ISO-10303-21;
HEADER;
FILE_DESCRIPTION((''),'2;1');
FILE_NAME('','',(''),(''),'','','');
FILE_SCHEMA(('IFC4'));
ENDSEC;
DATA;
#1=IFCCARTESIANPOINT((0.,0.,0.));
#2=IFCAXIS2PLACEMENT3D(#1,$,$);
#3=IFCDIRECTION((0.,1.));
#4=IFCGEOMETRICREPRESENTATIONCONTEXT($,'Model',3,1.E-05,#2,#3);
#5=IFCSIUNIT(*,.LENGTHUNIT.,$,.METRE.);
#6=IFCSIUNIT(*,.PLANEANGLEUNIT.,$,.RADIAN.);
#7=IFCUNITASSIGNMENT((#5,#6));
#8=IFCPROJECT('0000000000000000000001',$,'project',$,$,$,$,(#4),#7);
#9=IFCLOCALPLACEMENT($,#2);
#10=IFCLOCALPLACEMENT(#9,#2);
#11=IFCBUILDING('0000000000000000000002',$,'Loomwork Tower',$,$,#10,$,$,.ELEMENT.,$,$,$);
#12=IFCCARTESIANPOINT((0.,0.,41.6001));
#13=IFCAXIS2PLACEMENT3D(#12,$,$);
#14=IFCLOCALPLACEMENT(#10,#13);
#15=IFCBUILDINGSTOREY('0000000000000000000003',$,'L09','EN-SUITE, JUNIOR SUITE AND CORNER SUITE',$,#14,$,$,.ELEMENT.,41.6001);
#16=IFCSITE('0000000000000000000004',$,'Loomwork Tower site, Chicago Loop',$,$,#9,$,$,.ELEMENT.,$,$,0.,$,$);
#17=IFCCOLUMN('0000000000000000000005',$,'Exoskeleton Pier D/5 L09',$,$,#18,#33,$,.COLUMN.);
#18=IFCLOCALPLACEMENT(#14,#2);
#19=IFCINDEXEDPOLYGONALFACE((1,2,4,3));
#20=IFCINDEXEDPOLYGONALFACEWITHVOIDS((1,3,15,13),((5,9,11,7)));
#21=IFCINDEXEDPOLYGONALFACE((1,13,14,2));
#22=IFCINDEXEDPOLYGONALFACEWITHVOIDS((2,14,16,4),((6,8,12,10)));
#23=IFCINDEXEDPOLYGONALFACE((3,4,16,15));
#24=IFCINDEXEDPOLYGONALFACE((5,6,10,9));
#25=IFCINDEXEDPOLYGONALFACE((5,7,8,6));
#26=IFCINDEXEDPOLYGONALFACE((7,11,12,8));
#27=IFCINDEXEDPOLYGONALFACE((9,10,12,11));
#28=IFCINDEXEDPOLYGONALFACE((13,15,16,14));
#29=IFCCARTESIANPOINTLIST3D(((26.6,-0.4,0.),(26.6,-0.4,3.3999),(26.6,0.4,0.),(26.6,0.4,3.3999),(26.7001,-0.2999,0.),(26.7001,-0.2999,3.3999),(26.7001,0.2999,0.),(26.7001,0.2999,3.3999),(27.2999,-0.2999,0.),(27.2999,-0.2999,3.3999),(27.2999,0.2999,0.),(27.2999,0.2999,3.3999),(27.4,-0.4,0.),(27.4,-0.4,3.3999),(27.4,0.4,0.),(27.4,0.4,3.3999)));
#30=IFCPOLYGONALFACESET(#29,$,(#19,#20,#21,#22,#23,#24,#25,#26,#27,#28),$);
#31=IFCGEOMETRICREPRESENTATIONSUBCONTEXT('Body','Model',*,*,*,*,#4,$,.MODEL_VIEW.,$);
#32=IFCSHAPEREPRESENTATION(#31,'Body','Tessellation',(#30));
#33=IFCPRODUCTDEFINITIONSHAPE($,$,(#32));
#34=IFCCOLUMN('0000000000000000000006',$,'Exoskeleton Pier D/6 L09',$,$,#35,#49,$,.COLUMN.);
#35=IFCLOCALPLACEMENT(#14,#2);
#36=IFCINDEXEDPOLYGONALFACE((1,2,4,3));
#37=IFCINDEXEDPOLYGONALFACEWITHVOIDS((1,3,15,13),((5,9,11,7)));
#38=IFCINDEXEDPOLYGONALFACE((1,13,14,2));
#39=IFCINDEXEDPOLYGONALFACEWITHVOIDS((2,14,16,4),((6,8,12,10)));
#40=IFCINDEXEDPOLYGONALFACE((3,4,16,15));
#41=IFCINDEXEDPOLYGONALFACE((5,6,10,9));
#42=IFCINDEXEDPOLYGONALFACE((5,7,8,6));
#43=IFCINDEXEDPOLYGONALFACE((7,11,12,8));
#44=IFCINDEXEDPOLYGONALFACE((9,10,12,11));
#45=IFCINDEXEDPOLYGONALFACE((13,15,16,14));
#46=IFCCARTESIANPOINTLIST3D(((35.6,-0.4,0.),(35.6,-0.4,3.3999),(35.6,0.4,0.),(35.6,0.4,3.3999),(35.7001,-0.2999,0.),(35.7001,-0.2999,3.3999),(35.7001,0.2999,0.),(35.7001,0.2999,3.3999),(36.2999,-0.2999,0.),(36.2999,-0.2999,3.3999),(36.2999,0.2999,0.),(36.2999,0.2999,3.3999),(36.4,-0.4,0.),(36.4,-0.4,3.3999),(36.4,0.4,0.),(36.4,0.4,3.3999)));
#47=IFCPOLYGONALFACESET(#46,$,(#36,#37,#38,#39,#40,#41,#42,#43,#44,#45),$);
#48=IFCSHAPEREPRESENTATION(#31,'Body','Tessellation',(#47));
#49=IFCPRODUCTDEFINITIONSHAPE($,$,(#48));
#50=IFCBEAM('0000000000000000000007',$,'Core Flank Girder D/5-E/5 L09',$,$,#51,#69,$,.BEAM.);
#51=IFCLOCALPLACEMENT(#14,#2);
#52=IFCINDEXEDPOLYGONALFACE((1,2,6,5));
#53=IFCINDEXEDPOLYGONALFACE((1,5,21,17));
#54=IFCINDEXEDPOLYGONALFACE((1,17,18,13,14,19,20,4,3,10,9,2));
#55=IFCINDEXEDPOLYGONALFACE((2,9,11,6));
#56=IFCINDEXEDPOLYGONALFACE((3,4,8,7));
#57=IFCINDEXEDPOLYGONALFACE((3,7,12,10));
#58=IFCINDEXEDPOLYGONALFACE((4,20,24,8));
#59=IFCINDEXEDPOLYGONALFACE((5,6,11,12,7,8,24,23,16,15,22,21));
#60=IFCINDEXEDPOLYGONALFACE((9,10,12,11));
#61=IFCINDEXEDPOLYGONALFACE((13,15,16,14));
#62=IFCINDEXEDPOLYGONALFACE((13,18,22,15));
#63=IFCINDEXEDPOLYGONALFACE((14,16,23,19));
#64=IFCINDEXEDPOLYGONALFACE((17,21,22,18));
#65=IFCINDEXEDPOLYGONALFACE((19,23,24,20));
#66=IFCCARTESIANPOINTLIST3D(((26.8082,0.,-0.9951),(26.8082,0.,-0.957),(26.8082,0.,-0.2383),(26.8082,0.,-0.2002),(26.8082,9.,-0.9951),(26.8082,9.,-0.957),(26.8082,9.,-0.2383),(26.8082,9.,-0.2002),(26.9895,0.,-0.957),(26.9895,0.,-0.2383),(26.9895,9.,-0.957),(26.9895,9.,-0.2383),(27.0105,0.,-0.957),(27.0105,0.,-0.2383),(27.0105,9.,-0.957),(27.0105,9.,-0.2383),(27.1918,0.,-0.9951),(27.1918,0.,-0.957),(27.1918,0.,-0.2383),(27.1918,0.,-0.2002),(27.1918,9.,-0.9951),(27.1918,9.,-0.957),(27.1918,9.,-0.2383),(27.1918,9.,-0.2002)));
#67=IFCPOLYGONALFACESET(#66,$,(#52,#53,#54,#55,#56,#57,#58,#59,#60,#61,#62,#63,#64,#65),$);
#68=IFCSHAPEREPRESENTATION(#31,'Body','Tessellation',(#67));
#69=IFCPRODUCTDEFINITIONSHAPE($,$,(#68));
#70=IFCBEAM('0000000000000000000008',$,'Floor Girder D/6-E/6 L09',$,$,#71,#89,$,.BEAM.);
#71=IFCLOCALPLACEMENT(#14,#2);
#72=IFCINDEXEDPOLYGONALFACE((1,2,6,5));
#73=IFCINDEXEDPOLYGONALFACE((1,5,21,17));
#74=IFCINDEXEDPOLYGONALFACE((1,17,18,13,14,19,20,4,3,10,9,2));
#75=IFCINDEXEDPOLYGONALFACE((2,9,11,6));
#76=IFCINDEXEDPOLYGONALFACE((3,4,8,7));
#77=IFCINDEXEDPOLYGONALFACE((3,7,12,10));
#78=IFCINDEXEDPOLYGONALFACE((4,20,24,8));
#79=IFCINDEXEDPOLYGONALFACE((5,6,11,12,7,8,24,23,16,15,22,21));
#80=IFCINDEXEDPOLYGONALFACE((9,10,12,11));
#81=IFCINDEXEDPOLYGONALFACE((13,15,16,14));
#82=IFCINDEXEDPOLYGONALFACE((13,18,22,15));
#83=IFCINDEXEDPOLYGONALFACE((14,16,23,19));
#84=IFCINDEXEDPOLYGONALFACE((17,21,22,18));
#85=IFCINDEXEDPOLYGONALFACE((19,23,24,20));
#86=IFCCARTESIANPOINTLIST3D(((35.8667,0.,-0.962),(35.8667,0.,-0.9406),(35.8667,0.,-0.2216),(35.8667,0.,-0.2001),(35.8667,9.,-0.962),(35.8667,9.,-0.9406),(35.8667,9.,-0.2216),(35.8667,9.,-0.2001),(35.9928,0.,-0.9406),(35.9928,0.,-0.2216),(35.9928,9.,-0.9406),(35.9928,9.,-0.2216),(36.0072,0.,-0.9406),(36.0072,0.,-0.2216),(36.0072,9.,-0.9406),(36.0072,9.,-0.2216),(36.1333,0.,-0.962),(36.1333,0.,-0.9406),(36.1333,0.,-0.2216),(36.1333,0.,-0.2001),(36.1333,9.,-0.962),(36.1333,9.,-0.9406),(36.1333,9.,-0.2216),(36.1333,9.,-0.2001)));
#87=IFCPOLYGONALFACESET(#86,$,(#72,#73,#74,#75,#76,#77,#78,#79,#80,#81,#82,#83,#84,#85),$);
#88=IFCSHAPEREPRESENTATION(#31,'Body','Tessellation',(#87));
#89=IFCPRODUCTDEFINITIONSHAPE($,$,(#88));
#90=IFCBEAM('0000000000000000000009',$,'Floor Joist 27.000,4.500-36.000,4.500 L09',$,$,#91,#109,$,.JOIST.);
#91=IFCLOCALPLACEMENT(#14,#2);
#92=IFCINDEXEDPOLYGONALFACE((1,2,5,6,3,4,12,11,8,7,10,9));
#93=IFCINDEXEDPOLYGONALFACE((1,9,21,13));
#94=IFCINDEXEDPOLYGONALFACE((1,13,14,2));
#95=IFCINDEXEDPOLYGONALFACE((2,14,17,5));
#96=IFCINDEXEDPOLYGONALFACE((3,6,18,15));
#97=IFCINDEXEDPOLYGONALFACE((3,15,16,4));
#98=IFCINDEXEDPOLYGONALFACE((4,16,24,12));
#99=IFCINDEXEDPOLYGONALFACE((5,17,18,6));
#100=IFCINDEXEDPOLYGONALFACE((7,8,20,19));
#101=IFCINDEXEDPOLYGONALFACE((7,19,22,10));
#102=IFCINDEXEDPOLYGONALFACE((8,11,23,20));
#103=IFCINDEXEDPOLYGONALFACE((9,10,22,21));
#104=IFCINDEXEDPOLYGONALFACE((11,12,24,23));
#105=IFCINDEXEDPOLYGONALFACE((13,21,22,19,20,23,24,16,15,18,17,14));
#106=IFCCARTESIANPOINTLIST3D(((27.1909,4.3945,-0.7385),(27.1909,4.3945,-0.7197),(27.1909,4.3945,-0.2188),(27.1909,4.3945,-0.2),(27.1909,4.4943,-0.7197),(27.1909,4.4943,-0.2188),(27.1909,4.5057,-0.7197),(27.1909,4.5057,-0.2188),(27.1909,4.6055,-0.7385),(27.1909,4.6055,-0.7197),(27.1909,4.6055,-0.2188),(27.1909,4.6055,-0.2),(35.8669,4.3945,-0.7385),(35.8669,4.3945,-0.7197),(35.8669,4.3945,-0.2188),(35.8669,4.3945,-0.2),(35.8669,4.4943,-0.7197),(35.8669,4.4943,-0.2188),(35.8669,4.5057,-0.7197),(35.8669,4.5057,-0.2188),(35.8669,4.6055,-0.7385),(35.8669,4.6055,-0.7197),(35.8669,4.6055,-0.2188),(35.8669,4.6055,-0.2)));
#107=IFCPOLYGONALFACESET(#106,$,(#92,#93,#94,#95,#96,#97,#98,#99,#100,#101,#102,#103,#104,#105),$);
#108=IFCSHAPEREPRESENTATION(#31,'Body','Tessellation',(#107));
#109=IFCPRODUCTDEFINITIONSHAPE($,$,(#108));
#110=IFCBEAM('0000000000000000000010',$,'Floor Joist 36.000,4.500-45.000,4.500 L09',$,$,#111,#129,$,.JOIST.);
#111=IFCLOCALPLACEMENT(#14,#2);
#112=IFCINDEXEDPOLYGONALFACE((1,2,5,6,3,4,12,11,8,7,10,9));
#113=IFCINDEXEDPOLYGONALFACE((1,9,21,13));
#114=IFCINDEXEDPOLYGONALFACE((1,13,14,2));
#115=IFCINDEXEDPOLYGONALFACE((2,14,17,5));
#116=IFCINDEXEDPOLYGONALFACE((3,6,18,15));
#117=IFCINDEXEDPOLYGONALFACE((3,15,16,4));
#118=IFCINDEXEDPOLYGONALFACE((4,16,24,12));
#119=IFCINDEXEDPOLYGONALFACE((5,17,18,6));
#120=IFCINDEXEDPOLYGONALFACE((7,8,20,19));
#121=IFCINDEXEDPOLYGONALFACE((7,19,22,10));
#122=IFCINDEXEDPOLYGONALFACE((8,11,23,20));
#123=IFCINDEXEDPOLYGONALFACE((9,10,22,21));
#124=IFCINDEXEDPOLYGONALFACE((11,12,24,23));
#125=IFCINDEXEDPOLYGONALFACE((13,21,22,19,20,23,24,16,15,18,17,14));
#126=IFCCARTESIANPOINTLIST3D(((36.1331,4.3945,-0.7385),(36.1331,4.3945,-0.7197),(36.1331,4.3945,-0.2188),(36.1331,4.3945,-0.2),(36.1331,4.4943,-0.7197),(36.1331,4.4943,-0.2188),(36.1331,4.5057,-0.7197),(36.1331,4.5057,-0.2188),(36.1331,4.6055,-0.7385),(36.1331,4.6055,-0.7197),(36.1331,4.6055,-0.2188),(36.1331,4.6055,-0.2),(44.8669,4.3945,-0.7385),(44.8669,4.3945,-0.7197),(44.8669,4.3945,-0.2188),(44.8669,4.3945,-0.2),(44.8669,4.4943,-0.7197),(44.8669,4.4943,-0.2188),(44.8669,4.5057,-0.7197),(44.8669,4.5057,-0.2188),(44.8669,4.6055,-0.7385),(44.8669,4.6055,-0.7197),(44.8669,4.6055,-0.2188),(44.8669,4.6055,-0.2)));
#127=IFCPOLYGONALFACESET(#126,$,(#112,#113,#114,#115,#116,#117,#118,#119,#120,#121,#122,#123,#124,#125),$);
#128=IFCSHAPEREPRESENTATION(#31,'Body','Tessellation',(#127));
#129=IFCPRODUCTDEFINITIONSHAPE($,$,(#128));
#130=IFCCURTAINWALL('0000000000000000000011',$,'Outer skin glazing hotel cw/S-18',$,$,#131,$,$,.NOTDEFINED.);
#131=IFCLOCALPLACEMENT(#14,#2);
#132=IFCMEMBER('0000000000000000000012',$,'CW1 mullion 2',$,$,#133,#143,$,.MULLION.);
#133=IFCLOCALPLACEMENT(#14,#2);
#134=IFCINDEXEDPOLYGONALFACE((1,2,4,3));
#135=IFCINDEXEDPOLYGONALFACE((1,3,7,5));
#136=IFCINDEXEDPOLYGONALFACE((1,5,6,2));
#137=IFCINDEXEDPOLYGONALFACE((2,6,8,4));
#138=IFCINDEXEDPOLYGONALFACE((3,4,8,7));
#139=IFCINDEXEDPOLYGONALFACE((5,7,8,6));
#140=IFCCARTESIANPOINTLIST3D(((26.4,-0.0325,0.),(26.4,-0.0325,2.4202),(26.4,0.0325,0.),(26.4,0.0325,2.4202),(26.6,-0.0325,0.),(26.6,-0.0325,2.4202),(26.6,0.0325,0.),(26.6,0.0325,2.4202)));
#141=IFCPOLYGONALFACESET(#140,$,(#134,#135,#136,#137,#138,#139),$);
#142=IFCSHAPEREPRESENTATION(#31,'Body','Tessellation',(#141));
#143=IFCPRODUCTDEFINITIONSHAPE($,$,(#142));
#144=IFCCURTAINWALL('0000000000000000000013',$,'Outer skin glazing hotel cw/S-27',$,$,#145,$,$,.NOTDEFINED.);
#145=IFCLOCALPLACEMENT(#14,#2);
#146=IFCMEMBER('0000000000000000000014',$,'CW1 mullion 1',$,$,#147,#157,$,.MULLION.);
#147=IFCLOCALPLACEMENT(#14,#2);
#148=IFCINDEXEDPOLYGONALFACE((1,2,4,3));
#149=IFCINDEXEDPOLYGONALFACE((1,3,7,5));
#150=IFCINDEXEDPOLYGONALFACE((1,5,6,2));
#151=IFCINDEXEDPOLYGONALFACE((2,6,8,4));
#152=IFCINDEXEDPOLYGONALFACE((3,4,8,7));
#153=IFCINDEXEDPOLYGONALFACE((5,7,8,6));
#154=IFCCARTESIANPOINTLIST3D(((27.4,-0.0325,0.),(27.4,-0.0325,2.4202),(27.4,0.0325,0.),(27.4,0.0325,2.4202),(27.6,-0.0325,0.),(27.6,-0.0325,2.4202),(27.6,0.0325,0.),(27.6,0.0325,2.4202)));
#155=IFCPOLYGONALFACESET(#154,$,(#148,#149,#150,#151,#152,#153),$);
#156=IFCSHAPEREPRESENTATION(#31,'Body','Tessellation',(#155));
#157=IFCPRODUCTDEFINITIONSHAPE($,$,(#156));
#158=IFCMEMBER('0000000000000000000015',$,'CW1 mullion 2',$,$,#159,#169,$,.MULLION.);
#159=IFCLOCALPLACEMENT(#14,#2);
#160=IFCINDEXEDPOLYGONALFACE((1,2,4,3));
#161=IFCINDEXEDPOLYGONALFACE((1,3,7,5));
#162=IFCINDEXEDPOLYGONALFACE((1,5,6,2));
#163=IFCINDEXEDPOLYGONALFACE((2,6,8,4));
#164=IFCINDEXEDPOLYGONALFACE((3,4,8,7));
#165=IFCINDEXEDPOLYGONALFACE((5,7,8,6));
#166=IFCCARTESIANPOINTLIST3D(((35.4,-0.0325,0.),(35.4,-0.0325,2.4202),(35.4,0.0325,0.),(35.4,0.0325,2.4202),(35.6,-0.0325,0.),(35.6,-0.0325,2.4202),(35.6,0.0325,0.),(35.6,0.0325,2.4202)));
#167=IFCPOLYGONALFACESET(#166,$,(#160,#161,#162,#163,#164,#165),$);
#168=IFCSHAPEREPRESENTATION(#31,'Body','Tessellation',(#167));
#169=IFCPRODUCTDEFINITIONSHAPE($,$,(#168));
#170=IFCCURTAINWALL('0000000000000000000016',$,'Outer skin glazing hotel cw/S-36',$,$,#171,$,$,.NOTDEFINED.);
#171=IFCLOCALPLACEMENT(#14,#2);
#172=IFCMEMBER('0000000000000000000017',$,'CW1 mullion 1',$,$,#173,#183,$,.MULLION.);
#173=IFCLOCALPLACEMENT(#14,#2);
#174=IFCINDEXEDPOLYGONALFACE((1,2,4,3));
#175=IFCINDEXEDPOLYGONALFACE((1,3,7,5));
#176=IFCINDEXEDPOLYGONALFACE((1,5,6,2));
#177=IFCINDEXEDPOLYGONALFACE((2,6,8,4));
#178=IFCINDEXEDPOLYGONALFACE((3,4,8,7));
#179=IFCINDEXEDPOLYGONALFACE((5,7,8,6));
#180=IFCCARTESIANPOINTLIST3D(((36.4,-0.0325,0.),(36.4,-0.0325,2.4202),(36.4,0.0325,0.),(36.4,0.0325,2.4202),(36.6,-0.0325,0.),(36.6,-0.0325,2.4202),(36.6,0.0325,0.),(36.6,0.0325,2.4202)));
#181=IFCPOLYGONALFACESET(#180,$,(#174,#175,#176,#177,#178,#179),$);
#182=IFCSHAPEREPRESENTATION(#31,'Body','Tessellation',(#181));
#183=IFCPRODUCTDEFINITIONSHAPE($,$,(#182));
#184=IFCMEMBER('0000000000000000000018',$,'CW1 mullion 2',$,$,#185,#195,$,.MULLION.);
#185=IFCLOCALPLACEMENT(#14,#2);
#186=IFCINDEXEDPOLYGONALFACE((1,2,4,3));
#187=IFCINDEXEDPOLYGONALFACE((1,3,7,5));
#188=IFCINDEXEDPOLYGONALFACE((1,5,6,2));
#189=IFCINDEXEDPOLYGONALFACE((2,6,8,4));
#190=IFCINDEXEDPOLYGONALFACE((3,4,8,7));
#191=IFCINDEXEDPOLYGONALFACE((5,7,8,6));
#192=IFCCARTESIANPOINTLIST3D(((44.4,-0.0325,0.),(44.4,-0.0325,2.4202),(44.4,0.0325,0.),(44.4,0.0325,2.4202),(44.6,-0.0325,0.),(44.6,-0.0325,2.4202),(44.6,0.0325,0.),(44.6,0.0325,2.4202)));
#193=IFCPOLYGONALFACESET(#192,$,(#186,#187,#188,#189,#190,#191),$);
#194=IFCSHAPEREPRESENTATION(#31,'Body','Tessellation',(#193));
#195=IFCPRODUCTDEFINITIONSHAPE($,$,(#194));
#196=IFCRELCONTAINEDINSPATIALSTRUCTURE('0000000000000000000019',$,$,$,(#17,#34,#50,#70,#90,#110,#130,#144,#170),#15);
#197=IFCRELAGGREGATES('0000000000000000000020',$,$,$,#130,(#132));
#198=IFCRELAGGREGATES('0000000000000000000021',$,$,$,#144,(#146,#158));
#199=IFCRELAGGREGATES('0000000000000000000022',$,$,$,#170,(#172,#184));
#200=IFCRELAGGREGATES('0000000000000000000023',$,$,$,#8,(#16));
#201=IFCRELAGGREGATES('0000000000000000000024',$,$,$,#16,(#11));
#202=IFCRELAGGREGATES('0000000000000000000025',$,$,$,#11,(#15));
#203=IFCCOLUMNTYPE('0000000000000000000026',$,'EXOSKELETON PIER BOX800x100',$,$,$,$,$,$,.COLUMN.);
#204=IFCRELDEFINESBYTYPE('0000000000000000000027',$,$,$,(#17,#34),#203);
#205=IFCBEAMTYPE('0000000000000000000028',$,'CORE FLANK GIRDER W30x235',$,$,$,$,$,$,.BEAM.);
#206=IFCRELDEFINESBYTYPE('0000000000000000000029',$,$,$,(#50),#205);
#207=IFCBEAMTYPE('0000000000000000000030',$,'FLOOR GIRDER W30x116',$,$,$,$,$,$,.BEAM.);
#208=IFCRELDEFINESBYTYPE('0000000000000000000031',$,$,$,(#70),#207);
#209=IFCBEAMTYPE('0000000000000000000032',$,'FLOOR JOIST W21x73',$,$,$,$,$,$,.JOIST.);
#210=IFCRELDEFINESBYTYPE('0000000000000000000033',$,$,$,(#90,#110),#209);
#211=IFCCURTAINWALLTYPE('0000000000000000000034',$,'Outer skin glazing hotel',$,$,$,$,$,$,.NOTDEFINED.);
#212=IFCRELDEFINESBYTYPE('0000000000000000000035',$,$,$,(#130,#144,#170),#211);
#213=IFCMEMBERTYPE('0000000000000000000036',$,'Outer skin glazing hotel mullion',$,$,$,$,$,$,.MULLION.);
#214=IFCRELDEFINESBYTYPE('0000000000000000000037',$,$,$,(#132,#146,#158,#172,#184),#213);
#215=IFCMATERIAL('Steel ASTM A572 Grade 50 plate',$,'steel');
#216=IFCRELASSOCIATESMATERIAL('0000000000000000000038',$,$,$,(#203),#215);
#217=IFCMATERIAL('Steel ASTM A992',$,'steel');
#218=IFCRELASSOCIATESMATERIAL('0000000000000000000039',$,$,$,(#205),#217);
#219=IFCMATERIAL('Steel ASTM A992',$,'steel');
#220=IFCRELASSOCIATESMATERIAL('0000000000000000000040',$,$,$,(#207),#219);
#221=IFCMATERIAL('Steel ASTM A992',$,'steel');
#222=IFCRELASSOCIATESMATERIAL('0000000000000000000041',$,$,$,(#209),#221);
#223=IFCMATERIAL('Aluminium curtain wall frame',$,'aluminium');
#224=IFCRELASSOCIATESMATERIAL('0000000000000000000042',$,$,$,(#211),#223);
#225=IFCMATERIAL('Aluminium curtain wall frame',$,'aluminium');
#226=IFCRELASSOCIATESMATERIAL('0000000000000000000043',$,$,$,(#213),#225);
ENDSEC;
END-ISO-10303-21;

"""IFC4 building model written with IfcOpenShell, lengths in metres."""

from ifc_helpers import new_model, si_unit, direction, frame, origin, origin_2d, place, context, subcontext, project, spatial, rectangle, hollow_rectangle, i_section, extrude, material, material_profile, profile_set, type_object, element, aggregate, save


model = new_model("IFC4")

# Units and contexts
model_context = context("Model", 3, precision=1e-05, world=origin(), true_north=direction((0.0, 1.0)))
body_context = subcontext(model_context, "Body", "Model", "MODEL_VIEW")
ifc_project = project(units=[si_unit("LENGTHUNIT", "METRE"), si_unit("PLANEANGLEUNIT", "RADIAN")], contexts=[model_context])

# Site, building, storey
site_placement = place(None, origin())
site = spatial("IfcSite", under=ifc_project, at=site_placement, Name="Loomwork Tower site, Chicago Loop", CompositionType="ELEMENT", RefElevation=0.0)
building_placement = place(site_placement, origin())
building = spatial("IfcBuilding", under=site, at=building_placement, Name="Loomwork Tower", CompositionType="ELEMENT")
storey_placement = place(building_placement, frame((0.0, 0.0, 41.6001)))
storey = spatial("IfcBuildingStorey", under=building, at=storey_placement, Name="L09", Description="EN-SUITE, JUNIOR SUITE AND CORNER SUITE", CompositionType="ELEMENT", Elevation=41.6001)

# Columns
ifc_material_1 = material(Name="Steel ASTM A572 Grade 50 plate", Category="steel")
ifc_material_profile_1 = material_profile(ifc_material_1, hollow_rectangle(XDim=0.8, YDim=0.8, WallThickness=0.1001, at=origin_2d()), Name="BOX800x100")
ifc_profile_set_1 = profile_set([ifc_material_profile_1], Name="Steel ASTM A572 Grade 50 plate")
column_type = type_object("IfcColumnType", Name="EXOSKELETON PIER BOX800x100", PredefinedType="COLUMN", material=ifc_profile_set_1)
for number, where, z_axis, x_axis, name in (
    (1, (27.0, 0.0, 0.0), (0.0, 0.0, 1.0), (1.0, 0.0, 0.0), "Exoskeleton Pier D/5 L09"),
    (2, (36.0, 0.0, 0.0), (0.0, 0.0, 1.0), (1.0, 0.0, 0.0), "Exoskeleton Pier D/6 L09"),
):
    element("IfcColumn", number, at=place(storey_placement, frame(where, z_axis=z_axis, x_axis=x_axis)), inside=storey, type_object=column_type, Name=name, PredefinedType="COLUMN", context=body_context, shape_type="SweptSolid", body=[
        extrude(hollow_rectangle(XDim=0.8, YDim=0.8, WallThickness=0.1001, at=origin_2d()), origin(), (0.0, 0.0, 1.0), 3.3999),
    ])

# Beams
ifc_material_2 = material(Name="Steel ASTM A992", Category="steel")
ifc_material_profile_2 = material_profile(ifc_material_2, i_section(OverallWidth=0.3835, OverallDepth=0.7949, WebThickness=0.021, FlangeThickness=0.0381, at=origin_2d()), Name="W30x235")
ifc_profile_set_2 = profile_set([ifc_material_profile_2], Name="Steel ASTM A992")
beam_type_1 = type_object("IfcBeamType", Name="CORE FLANK GIRDER W30x235", PredefinedType="BEAM", material=ifc_profile_set_2)
beam_1_placement = place(storey_placement, frame((27.0, 0.0, -0.5977), z_axis=(0.0, 1.0, 0.0), x_axis=(-1.0, 0.0, 0.0)))
element("IfcBeam", 3, at=beam_1_placement, inside=storey, type_object=beam_type_1, Name="Core Flank Girder D/5-E/5 L09", PredefinedType="BEAM", context=body_context, shape_type="SweptSolid", body=[
    extrude(i_section(OverallWidth=0.3835, OverallDepth=0.7949, WebThickness=0.021, FlangeThickness=0.0381, at=origin_2d()), origin(), (0.0, 0.0, 1.0), 9.0),
])
ifc_material_3 = material(Name="Steel ASTM A992", Category="steel")
ifc_material_profile_3 = material_profile(ifc_material_3, i_section(OverallWidth=0.2666, OverallDepth=0.762, WebThickness=0.0144, FlangeThickness=0.0215, at=origin_2d()), Name="W30x116")
ifc_profile_set_3 = profile_set([ifc_material_profile_3], Name="Steel ASTM A992")
beam_type_2 = type_object("IfcBeamType", Name="FLOOR GIRDER W30x116", PredefinedType="BEAM", material=ifc_profile_set_3)
beam_2_placement = place(storey_placement, frame((36.0, 0.0, -0.5811), z_axis=(0.0, 1.0, 0.0), x_axis=(-1.0, 0.0, 0.0)))
element("IfcBeam", 4, at=beam_2_placement, inside=storey, type_object=beam_type_2, Name="Floor Girder D/6-E/6 L09", PredefinedType="BEAM", context=body_context, shape_type="SweptSolid", body=[
    extrude(i_section(OverallWidth=0.2666, OverallDepth=0.762, WebThickness=0.0144, FlangeThickness=0.0215, at=origin_2d()), origin(), (0.0, 0.0, 1.0), 9.0),
])
ifc_material_4 = material(Name="Steel ASTM A992", Category="steel")
ifc_material_profile_4 = material_profile(ifc_material_4, i_section(OverallWidth=0.2109, OverallDepth=0.5386, WebThickness=0.0115, FlangeThickness=0.0188, at=origin_2d()), Name="W21x73")
ifc_profile_set_4 = profile_set([ifc_material_profile_4], Name="Steel ASTM A992")
beam_type_3 = type_object("IfcBeamType", Name="FLOOR JOIST W21x73", PredefinedType="JOIST", material=ifc_profile_set_4)
beam_3_placement = place(storey_placement, frame((27.1909, 4.5, -0.4692), z_axis=(1.0, 0.0, 0.0), x_axis=(0.0, 1.0, 0.0)))
element("IfcBeam", 5, at=beam_3_placement, inside=storey, type_object=beam_type_3, Name="Floor Joist 27.000,4.500-36.000,4.500 L09", PredefinedType="JOIST", context=body_context, shape_type="SweptSolid", body=[
    extrude(i_section(OverallWidth=0.2109, OverallDepth=0.5386, WebThickness=0.0115, FlangeThickness=0.0188, at=origin_2d()), origin(), (0.0, 0.0, 1.0), 8.676),
])
beam_4_placement = place(storey_placement, frame((36.1331, 4.5, -0.4692), z_axis=(1.0, 0.0, 0.0), x_axis=(0.0, 1.0, 0.0)))
element("IfcBeam", 6, at=beam_4_placement, inside=storey, type_object=beam_type_3, Name="Floor Joist 36.000,4.500-45.000,4.500 L09", PredefinedType="JOIST", context=body_context, shape_type="SweptSolid", body=[
    extrude(i_section(OverallWidth=0.2109, OverallDepth=0.5386, WebThickness=0.0115, FlangeThickness=0.0188, at=origin_2d()), origin(), (0.0, 0.0, 1.0), 8.7339),
])

# Curtain wall, member
ifc_material_5 = material(Name="Aluminium curtain wall frame", Category="aluminium")
curtain_wall_type = type_object("IfcCurtainWallType", Name="Outer skin glazing hotel", PredefinedType="NOTDEFINED", material=ifc_material_5)
curtain_wall_1_placement = place(storey_placement, origin())
curtain_wall_1 = element("IfcCurtainWall", 7, at=curtain_wall_1_placement, inside=storey, type_object=curtain_wall_type, Name="Outer skin glazing hotel cw/S-18", PredefinedType="NOTDEFINED")
ifc_material_6 = material(Name="Aluminium curtain wall frame", Category="aluminium")
ifc_material_profile_5 = material_profile(ifc_material_6, rectangle(XDim=0.0649, YDim=0.2, at=origin_2d()), Name="AL 65x200")
ifc_profile_set_5 = profile_set([ifc_material_profile_5], Name="Aluminium curtain wall frame")
member_type_1 = type_object("IfcMemberType", Name="Outer skin glazing hotel mullion", PredefinedType="MULLION", material=ifc_profile_set_5)
member_1_placement = place(storey_placement, frame((26.5, 0.0, 0.0), z_axis=(0.0, 0.0, 1.0), x_axis=(0.0, 1.0, 0.0)))
member_1 = element("IfcMember", 8, at=member_1_placement, type_object=member_type_1, Name="CW1 mullion 2", PredefinedType="MULLION", context=body_context, shape_type="SweptSolid", body=[
    extrude(rectangle(XDim=0.0649, YDim=0.2, at=origin_2d()), origin(), (0.0, 0.0, 1.0), 2.4202),
])
aggregate(curtain_wall_1, [member_1])

# Curtain walls, members
curtain_wall_2_placement = place(storey_placement, origin())
curtain_wall_2 = element("IfcCurtainWall", 9, at=curtain_wall_2_placement, inside=storey, type_object=curtain_wall_type, Name="Outer skin glazing hotel cw/S-27", PredefinedType="NOTDEFINED")
member_2_placement = place(storey_placement, frame((27.5, 0.0, 0.0), z_axis=(0.0, 0.0, 1.0), x_axis=(0.0, 1.0, 0.0)))
member_2 = element("IfcMember", 10, at=member_2_placement, type_object=member_type_1, Name="CW1 mullion 1", PredefinedType="MULLION", context=body_context, shape_type="SweptSolid", body=[
    extrude(rectangle(XDim=0.0649, YDim=0.2, at=origin_2d()), origin(), (0.0, 0.0, 1.0), 2.4202),
])
member_3_placement = place(storey_placement, frame((35.5, 0.0, 0.0), z_axis=(0.0, 0.0, 1.0), x_axis=(0.0, 1.0, 0.0)))
member_3 = element("IfcMember", 11, at=member_3_placement, type_object=member_type_1, Name="CW1 mullion 2", PredefinedType="MULLION", context=body_context, shape_type="SweptSolid", body=[
    extrude(rectangle(XDim=0.0649, YDim=0.2, at=origin_2d()), origin(), (0.0, 0.0, 1.0), 2.4202),
])
curtain_wall_3_placement = place(storey_placement, origin())
curtain_wall_3 = element("IfcCurtainWall", 12, at=curtain_wall_3_placement, inside=storey, type_object=curtain_wall_type, Name="Outer skin glazing hotel cw/S-36", PredefinedType="NOTDEFINED")
member_4_placement = place(storey_placement, frame((36.5, 0.0, 0.0), z_axis=(0.0, 0.0, 1.0), x_axis=(0.0, 1.0, 0.0)))
member_4 = element("IfcMember", 13, at=member_4_placement, type_object=member_type_1, Name="CW1 mullion 1", PredefinedType="MULLION", context=body_context, shape_type="SweptSolid", body=[
    extrude(rectangle(XDim=0.0649, YDim=0.2, at=origin_2d()), origin(), (0.0, 0.0, 1.0), 2.4202),
])
member_5_placement = place(storey_placement, frame((44.5, 0.0, 0.0), z_axis=(0.0, 0.0, 1.0), x_axis=(0.0, 1.0, 0.0)))
member_5 = element("IfcMember", 14, at=member_5_placement, type_object=member_type_1, Name="CW1 mullion 2", PredefinedType="MULLION", context=body_context, shape_type="SweptSolid", body=[
    extrude(rectangle(XDim=0.0649, YDim=0.2, at=origin_2d()), origin(), (0.0, 0.0, 1.0), 2.4202),
])

aggregate(curtain_wall_2, [member_2, member_3])
aggregate(curtain_wall_3, [member_4, member_5])

save(model, "model.ifc")
